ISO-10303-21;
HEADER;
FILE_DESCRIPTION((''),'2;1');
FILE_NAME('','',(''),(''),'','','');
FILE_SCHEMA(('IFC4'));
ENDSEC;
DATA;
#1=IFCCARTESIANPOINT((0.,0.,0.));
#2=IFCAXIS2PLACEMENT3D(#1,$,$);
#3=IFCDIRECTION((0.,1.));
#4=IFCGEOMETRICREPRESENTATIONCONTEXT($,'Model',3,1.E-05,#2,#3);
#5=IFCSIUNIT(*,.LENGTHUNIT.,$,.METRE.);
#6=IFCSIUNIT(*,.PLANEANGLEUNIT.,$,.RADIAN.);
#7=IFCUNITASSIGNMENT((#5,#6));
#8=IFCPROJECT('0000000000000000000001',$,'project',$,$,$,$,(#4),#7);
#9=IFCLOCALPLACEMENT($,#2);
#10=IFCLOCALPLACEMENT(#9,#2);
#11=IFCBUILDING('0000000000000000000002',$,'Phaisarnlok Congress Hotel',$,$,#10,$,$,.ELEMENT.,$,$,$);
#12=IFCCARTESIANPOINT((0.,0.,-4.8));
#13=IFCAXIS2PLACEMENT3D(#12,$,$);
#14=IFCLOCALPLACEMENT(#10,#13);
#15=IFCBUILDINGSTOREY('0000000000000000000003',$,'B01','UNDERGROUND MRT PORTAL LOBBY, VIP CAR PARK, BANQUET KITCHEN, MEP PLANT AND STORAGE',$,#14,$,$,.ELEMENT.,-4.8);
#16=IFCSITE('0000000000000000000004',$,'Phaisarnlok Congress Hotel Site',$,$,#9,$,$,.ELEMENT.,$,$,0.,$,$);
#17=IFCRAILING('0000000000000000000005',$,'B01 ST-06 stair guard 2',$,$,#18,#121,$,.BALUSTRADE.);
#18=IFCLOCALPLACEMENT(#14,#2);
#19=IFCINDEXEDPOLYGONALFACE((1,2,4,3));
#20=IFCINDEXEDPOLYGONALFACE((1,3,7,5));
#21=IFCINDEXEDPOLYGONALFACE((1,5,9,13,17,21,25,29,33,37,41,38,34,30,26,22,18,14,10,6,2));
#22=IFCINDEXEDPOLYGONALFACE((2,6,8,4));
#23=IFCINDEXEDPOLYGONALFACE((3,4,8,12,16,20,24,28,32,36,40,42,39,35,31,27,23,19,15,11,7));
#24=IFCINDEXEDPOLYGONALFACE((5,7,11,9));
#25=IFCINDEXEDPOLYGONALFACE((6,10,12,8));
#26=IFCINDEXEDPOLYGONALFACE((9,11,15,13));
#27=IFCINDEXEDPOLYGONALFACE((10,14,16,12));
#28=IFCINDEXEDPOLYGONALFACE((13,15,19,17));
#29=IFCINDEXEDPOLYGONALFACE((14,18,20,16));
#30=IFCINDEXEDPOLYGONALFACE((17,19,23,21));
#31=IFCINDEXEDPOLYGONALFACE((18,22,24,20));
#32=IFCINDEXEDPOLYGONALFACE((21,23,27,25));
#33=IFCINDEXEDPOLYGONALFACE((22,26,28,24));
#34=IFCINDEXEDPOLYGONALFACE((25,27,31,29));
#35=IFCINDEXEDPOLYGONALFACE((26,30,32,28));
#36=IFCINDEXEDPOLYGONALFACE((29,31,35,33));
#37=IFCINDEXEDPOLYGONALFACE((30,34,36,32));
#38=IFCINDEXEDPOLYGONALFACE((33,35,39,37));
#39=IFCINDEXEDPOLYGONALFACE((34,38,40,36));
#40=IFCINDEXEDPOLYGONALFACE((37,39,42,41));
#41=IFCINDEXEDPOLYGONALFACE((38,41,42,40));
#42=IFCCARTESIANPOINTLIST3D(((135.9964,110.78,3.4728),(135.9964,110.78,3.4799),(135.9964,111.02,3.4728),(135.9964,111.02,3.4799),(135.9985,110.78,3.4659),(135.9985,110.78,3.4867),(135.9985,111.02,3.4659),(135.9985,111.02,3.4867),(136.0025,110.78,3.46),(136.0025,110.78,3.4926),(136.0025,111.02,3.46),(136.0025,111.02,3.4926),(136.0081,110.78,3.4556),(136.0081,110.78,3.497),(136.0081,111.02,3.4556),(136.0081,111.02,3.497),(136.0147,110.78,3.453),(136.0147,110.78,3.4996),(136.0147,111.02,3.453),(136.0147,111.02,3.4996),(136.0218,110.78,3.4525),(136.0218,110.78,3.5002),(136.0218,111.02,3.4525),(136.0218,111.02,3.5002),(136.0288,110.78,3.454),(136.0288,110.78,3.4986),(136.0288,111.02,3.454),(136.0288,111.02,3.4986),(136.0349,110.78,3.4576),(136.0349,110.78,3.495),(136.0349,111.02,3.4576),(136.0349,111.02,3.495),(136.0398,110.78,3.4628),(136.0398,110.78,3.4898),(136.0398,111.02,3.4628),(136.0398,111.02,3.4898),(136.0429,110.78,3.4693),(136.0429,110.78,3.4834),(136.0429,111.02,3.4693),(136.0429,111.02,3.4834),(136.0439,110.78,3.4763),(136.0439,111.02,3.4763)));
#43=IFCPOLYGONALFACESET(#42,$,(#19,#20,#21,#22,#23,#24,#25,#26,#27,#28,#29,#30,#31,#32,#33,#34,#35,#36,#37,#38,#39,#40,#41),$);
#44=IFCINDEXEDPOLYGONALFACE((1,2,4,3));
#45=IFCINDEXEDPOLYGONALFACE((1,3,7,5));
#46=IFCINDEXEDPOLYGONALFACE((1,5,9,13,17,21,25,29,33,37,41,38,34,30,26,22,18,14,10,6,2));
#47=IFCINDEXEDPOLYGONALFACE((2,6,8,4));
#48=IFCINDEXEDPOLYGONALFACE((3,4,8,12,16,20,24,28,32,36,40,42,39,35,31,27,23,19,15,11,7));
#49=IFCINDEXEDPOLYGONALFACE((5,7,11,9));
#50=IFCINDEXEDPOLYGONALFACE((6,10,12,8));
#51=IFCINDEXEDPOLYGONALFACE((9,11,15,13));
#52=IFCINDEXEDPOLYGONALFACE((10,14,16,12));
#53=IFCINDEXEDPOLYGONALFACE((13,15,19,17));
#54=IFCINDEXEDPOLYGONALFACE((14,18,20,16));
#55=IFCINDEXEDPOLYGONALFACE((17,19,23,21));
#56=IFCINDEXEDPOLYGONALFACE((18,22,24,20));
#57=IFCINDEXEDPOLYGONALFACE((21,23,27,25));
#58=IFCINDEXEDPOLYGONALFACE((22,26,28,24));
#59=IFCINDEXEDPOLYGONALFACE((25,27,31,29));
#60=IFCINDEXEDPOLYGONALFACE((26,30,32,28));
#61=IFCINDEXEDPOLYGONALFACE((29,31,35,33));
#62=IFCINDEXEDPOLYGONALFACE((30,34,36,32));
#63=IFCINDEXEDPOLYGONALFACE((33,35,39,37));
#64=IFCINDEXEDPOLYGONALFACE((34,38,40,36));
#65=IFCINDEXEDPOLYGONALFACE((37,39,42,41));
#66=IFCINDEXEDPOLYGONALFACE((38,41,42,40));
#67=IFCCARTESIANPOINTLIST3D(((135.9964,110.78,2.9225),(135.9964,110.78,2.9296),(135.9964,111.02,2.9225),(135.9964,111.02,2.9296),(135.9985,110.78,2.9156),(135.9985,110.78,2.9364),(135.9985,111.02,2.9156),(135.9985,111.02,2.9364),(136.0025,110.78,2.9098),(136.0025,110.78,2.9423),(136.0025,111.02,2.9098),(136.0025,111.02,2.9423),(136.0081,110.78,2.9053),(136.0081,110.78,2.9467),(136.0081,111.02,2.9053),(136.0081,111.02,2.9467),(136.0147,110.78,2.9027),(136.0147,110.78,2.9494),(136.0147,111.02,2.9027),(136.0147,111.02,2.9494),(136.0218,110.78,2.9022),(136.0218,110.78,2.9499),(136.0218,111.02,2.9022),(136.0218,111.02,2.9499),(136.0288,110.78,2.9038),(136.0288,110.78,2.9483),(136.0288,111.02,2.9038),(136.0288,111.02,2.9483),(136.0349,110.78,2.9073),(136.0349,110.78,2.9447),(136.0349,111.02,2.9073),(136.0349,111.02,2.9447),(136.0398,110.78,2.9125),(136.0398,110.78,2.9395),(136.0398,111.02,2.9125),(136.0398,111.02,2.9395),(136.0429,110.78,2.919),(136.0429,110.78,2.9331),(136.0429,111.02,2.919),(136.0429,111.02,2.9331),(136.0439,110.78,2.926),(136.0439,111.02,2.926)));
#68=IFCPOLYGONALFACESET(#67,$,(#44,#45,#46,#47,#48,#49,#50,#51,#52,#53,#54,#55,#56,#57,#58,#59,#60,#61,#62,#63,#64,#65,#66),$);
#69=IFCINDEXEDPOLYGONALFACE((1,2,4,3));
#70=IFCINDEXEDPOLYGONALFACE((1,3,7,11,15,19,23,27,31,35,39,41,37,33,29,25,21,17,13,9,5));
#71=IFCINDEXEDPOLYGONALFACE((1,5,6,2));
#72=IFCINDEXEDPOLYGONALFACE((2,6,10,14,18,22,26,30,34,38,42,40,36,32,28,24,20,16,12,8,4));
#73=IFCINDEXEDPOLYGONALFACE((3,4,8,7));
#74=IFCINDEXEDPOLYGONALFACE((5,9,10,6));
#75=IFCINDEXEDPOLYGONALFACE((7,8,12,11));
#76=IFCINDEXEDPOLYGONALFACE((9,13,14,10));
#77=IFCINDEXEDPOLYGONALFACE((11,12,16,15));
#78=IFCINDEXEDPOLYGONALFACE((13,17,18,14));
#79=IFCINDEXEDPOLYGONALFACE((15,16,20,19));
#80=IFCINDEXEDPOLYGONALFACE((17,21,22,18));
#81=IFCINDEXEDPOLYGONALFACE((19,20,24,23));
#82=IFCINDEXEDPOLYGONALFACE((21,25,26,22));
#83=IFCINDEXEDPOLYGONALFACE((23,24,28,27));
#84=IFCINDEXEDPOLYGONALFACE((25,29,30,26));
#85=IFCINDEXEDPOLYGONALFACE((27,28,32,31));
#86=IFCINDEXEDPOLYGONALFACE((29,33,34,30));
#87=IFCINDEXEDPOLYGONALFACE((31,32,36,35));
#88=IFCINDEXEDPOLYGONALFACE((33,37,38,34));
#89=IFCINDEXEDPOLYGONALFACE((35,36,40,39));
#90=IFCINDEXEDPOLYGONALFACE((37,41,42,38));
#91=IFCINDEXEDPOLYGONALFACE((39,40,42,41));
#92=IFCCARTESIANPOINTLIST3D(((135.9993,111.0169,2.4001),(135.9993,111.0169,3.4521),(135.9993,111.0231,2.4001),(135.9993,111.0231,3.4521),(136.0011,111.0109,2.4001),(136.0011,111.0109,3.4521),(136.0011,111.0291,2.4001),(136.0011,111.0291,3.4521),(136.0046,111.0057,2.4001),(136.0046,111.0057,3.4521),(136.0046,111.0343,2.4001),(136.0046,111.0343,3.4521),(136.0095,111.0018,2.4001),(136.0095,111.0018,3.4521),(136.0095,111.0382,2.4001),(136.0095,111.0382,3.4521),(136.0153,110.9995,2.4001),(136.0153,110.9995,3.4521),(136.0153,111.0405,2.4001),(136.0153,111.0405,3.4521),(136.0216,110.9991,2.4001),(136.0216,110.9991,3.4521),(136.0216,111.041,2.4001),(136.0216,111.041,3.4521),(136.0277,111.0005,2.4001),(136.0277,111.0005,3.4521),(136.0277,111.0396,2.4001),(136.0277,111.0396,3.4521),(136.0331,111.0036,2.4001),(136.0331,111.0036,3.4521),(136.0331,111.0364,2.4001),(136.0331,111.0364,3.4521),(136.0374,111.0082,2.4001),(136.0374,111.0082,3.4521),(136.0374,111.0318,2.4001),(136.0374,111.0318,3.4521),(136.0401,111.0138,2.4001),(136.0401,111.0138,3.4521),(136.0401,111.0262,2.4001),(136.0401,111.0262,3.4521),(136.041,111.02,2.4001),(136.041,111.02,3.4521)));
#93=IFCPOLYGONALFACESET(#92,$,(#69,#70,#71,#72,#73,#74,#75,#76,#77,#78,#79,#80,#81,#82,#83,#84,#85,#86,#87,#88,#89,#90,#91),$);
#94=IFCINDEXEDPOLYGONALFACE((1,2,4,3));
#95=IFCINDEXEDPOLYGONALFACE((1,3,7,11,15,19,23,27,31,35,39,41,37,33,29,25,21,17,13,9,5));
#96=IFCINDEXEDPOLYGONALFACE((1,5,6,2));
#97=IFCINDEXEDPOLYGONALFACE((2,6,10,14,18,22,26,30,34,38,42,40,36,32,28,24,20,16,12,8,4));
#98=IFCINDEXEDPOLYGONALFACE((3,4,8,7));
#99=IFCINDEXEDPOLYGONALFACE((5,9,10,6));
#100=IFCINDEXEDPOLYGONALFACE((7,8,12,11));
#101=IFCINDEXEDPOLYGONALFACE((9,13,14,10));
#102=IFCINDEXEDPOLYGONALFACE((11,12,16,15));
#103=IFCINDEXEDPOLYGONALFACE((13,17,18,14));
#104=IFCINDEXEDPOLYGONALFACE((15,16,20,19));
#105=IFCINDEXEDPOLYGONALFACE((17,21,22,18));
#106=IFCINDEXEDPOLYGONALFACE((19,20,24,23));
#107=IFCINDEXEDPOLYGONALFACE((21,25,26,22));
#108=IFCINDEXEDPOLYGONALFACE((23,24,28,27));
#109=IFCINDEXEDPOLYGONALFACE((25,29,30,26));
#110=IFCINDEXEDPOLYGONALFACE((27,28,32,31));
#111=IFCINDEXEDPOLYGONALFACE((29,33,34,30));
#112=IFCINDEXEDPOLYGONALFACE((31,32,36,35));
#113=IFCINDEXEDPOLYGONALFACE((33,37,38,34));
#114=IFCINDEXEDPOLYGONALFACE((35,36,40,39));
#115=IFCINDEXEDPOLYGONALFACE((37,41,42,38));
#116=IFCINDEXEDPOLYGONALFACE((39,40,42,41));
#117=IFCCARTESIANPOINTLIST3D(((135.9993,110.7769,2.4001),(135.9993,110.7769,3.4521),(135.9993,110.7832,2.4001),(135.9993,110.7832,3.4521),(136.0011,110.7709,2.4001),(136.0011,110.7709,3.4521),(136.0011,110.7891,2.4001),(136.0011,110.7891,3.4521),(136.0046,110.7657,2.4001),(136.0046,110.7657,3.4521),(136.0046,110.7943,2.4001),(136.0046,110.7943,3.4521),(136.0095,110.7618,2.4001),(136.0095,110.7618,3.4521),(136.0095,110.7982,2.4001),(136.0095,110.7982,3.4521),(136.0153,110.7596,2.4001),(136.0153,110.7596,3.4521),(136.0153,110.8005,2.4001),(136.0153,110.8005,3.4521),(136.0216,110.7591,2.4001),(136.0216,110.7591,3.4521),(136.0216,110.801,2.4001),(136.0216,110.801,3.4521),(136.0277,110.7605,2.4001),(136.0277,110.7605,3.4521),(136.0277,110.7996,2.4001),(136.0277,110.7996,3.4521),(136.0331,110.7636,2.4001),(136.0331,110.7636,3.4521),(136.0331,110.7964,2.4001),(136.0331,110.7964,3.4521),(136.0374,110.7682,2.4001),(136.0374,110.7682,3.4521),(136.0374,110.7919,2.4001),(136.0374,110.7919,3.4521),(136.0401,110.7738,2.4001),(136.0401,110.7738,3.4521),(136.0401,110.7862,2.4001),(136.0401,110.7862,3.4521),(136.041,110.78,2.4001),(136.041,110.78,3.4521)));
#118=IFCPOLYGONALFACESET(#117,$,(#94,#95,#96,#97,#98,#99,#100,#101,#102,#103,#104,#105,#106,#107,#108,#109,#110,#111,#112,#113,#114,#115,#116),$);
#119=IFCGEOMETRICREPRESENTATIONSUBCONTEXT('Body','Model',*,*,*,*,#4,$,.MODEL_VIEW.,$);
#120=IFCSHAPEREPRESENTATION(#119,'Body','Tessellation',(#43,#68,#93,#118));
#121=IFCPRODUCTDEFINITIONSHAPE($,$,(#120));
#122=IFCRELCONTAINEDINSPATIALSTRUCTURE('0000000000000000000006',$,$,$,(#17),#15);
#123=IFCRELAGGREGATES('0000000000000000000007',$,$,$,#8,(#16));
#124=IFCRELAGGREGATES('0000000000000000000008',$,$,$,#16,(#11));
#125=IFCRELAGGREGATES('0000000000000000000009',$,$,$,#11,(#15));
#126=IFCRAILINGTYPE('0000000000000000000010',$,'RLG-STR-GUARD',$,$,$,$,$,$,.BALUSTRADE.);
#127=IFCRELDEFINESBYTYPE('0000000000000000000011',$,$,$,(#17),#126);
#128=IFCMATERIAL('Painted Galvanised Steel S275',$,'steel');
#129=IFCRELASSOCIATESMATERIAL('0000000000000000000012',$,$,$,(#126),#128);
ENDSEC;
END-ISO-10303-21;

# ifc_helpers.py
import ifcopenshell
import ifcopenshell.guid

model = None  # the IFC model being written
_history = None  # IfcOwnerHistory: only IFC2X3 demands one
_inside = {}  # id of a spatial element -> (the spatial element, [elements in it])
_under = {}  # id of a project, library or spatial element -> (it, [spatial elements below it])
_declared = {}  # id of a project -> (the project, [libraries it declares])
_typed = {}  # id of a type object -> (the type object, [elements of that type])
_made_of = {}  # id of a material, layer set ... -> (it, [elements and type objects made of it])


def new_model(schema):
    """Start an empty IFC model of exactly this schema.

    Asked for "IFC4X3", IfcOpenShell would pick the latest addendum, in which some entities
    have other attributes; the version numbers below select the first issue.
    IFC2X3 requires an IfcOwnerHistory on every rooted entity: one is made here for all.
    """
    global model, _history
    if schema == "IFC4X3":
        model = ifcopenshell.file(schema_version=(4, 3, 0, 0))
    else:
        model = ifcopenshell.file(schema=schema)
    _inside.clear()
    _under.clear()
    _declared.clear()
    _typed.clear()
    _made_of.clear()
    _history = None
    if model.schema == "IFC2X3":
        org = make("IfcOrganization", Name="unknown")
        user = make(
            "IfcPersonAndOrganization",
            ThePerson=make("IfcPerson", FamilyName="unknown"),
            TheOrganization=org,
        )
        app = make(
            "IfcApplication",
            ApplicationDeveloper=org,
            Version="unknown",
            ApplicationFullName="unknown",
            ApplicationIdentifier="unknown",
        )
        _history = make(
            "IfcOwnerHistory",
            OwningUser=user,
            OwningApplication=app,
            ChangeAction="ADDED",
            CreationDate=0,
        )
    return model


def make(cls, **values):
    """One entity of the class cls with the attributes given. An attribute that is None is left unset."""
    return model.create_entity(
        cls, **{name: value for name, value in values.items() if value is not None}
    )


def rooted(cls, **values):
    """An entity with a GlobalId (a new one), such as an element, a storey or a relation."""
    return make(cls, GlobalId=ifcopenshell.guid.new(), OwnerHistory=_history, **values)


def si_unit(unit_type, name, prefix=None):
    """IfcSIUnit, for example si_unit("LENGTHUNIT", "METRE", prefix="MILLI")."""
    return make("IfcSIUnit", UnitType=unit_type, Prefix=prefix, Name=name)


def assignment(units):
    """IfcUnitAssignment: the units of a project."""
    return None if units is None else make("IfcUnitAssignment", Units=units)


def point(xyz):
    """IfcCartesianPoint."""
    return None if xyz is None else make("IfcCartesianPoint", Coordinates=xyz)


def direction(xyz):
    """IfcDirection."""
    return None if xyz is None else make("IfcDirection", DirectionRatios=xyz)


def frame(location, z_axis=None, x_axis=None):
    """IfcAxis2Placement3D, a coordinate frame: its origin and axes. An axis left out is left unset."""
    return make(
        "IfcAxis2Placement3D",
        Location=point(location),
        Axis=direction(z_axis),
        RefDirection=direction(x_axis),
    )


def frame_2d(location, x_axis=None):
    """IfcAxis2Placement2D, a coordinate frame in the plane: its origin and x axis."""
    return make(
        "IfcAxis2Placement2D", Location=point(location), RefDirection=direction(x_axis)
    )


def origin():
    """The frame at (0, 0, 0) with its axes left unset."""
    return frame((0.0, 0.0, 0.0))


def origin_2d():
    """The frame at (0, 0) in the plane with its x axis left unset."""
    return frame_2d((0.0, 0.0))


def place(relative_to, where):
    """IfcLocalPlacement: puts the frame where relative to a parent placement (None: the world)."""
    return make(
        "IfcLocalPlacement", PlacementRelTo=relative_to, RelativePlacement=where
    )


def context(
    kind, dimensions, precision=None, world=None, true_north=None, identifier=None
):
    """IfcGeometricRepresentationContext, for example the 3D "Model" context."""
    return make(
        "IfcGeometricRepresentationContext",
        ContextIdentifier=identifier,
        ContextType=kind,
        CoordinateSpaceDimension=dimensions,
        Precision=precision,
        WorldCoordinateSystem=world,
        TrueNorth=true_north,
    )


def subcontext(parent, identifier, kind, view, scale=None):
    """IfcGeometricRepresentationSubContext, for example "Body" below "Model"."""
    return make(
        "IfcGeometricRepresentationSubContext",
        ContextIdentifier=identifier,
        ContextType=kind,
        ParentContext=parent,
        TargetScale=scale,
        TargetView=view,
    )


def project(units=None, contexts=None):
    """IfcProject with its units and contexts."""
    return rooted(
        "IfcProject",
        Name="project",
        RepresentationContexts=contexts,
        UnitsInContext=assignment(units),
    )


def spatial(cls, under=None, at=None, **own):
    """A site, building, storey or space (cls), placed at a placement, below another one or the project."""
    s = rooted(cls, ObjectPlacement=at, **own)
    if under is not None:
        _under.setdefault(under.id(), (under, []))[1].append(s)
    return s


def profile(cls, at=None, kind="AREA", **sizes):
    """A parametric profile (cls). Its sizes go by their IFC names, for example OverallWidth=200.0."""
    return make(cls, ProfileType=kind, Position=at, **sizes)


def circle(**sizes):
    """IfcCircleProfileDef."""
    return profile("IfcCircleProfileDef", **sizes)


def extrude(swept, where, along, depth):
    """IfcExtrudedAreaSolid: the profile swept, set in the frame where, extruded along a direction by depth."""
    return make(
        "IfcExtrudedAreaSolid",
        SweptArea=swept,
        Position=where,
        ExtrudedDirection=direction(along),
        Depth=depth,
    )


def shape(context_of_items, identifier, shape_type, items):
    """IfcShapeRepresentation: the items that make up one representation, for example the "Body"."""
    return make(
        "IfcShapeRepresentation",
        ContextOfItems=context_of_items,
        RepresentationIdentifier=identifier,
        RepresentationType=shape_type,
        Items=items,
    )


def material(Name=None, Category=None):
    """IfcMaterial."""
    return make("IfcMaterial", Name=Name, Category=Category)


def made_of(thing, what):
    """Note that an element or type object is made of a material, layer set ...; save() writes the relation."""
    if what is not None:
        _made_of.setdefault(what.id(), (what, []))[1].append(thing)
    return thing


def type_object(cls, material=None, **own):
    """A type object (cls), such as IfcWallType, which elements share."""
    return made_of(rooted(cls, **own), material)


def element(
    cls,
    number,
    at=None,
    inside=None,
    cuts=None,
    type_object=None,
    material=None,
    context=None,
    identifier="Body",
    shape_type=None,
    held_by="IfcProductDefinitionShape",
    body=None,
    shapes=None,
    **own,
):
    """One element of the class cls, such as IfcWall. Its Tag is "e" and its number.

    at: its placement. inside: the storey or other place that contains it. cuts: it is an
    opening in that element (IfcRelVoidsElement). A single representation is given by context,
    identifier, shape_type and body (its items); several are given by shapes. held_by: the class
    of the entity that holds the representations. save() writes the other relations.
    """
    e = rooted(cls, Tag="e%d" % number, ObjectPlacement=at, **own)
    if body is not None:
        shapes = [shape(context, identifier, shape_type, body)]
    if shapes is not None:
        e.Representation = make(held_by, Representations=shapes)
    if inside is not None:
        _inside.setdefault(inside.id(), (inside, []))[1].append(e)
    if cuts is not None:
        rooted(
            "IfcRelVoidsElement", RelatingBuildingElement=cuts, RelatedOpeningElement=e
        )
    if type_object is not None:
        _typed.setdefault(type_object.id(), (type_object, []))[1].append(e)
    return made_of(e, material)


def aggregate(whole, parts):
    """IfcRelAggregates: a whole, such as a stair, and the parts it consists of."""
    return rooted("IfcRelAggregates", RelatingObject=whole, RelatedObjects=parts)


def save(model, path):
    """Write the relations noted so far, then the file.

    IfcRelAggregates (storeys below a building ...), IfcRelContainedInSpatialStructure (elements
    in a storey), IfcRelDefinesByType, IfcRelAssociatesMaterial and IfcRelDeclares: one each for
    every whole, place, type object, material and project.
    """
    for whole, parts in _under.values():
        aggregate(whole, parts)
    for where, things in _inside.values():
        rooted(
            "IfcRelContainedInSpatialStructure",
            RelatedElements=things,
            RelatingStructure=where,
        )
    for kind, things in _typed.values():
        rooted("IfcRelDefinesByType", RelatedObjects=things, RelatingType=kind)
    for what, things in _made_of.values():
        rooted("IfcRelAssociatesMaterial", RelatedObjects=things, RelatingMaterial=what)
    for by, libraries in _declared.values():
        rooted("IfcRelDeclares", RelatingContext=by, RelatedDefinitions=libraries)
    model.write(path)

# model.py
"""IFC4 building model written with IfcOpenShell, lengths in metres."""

from ifc_helpers import new_model, si_unit, direction, frame, origin, origin_2d, place, context, subcontext, project, spatial, circle, extrude, material, type_object, element, save


model = new_model("IFC4")

# Units and contexts
model_context = context("Model", 3, precision=1e-05, world=origin(), true_north=direction((0.0, 1.0)))
body_context = subcontext(model_context, "Body", "Model", "MODEL_VIEW")
ifc_project = project(units=[si_unit("LENGTHUNIT", "METRE"), si_unit("PLANEANGLEUNIT", "RADIAN")], contexts=[model_context])

# Site, building, storey
site_placement = place(None, origin())
site = spatial("IfcSite", under=ifc_project, at=site_placement, Name="Phaisarnlok Congress Hotel Site", CompositionType="ELEMENT", RefElevation=0.0)
building_placement = place(site_placement, origin())
building = spatial("IfcBuilding", under=site, at=building_placement, Name="Phaisarnlok Congress Hotel", CompositionType="ELEMENT")
storey_placement = place(building_placement, frame((0.0, 0.0, -4.8)))
storey = spatial("IfcBuildingStorey", under=building, at=storey_placement, Name="B01", Description="UNDERGROUND MRT PORTAL LOBBY, VIP CAR PARK, BANQUET KITCHEN, MEP PLANT AND STORAGE", CompositionType="ELEMENT", Elevation=-4.8)

# Railing
ifc_material_1 = material(Name="Painted Galvanised Steel S275", Category="steel")
railing_type_1 = type_object("IfcRailingType", Name="RLG-STR-GUARD", PredefinedType="BALUSTRADE", material=ifc_material_1)
railing_1_placement = place(storey_placement, frame((136.02, 111.02, 2.4001)))
element("IfcRailing", 1, at=railing_1_placement, inside=storey, type_object=railing_type_1, Name="B01 ST-06 stair guard 2", PredefinedType="BALUSTRADE", context=body_context, shape_type="SweptSolid", body=[
    extrude(circle(Radius=0.0239, at=origin_2d()), frame((0.0, 0.0, 1.0762), z_axis=(0.0, -1.0, 0.0), x_axis=(1.0, 0.0, 0.0)), (0.0, 0.0, 1.0), 0.24),
    extrude(circle(Radius=0.0239, at=origin_2d()), frame((0.0, 0.0, 0.5259), z_axis=(0.0, -1.0, 0.0), x_axis=(1.0, 0.0, 0.0)), (0.0, 0.0, 1.0), 0.24),
    extrude(circle(Radius=0.021, at=origin_2d()), origin(), (0.0, 0.0, 1.0), 1.052),
    extrude(circle(Radius=0.021, at=origin_2d()), frame((0.0, -0.24, 0.0)), (0.0, 0.0, 1.0), 1.052),
])

save(model, "model.ifc")
